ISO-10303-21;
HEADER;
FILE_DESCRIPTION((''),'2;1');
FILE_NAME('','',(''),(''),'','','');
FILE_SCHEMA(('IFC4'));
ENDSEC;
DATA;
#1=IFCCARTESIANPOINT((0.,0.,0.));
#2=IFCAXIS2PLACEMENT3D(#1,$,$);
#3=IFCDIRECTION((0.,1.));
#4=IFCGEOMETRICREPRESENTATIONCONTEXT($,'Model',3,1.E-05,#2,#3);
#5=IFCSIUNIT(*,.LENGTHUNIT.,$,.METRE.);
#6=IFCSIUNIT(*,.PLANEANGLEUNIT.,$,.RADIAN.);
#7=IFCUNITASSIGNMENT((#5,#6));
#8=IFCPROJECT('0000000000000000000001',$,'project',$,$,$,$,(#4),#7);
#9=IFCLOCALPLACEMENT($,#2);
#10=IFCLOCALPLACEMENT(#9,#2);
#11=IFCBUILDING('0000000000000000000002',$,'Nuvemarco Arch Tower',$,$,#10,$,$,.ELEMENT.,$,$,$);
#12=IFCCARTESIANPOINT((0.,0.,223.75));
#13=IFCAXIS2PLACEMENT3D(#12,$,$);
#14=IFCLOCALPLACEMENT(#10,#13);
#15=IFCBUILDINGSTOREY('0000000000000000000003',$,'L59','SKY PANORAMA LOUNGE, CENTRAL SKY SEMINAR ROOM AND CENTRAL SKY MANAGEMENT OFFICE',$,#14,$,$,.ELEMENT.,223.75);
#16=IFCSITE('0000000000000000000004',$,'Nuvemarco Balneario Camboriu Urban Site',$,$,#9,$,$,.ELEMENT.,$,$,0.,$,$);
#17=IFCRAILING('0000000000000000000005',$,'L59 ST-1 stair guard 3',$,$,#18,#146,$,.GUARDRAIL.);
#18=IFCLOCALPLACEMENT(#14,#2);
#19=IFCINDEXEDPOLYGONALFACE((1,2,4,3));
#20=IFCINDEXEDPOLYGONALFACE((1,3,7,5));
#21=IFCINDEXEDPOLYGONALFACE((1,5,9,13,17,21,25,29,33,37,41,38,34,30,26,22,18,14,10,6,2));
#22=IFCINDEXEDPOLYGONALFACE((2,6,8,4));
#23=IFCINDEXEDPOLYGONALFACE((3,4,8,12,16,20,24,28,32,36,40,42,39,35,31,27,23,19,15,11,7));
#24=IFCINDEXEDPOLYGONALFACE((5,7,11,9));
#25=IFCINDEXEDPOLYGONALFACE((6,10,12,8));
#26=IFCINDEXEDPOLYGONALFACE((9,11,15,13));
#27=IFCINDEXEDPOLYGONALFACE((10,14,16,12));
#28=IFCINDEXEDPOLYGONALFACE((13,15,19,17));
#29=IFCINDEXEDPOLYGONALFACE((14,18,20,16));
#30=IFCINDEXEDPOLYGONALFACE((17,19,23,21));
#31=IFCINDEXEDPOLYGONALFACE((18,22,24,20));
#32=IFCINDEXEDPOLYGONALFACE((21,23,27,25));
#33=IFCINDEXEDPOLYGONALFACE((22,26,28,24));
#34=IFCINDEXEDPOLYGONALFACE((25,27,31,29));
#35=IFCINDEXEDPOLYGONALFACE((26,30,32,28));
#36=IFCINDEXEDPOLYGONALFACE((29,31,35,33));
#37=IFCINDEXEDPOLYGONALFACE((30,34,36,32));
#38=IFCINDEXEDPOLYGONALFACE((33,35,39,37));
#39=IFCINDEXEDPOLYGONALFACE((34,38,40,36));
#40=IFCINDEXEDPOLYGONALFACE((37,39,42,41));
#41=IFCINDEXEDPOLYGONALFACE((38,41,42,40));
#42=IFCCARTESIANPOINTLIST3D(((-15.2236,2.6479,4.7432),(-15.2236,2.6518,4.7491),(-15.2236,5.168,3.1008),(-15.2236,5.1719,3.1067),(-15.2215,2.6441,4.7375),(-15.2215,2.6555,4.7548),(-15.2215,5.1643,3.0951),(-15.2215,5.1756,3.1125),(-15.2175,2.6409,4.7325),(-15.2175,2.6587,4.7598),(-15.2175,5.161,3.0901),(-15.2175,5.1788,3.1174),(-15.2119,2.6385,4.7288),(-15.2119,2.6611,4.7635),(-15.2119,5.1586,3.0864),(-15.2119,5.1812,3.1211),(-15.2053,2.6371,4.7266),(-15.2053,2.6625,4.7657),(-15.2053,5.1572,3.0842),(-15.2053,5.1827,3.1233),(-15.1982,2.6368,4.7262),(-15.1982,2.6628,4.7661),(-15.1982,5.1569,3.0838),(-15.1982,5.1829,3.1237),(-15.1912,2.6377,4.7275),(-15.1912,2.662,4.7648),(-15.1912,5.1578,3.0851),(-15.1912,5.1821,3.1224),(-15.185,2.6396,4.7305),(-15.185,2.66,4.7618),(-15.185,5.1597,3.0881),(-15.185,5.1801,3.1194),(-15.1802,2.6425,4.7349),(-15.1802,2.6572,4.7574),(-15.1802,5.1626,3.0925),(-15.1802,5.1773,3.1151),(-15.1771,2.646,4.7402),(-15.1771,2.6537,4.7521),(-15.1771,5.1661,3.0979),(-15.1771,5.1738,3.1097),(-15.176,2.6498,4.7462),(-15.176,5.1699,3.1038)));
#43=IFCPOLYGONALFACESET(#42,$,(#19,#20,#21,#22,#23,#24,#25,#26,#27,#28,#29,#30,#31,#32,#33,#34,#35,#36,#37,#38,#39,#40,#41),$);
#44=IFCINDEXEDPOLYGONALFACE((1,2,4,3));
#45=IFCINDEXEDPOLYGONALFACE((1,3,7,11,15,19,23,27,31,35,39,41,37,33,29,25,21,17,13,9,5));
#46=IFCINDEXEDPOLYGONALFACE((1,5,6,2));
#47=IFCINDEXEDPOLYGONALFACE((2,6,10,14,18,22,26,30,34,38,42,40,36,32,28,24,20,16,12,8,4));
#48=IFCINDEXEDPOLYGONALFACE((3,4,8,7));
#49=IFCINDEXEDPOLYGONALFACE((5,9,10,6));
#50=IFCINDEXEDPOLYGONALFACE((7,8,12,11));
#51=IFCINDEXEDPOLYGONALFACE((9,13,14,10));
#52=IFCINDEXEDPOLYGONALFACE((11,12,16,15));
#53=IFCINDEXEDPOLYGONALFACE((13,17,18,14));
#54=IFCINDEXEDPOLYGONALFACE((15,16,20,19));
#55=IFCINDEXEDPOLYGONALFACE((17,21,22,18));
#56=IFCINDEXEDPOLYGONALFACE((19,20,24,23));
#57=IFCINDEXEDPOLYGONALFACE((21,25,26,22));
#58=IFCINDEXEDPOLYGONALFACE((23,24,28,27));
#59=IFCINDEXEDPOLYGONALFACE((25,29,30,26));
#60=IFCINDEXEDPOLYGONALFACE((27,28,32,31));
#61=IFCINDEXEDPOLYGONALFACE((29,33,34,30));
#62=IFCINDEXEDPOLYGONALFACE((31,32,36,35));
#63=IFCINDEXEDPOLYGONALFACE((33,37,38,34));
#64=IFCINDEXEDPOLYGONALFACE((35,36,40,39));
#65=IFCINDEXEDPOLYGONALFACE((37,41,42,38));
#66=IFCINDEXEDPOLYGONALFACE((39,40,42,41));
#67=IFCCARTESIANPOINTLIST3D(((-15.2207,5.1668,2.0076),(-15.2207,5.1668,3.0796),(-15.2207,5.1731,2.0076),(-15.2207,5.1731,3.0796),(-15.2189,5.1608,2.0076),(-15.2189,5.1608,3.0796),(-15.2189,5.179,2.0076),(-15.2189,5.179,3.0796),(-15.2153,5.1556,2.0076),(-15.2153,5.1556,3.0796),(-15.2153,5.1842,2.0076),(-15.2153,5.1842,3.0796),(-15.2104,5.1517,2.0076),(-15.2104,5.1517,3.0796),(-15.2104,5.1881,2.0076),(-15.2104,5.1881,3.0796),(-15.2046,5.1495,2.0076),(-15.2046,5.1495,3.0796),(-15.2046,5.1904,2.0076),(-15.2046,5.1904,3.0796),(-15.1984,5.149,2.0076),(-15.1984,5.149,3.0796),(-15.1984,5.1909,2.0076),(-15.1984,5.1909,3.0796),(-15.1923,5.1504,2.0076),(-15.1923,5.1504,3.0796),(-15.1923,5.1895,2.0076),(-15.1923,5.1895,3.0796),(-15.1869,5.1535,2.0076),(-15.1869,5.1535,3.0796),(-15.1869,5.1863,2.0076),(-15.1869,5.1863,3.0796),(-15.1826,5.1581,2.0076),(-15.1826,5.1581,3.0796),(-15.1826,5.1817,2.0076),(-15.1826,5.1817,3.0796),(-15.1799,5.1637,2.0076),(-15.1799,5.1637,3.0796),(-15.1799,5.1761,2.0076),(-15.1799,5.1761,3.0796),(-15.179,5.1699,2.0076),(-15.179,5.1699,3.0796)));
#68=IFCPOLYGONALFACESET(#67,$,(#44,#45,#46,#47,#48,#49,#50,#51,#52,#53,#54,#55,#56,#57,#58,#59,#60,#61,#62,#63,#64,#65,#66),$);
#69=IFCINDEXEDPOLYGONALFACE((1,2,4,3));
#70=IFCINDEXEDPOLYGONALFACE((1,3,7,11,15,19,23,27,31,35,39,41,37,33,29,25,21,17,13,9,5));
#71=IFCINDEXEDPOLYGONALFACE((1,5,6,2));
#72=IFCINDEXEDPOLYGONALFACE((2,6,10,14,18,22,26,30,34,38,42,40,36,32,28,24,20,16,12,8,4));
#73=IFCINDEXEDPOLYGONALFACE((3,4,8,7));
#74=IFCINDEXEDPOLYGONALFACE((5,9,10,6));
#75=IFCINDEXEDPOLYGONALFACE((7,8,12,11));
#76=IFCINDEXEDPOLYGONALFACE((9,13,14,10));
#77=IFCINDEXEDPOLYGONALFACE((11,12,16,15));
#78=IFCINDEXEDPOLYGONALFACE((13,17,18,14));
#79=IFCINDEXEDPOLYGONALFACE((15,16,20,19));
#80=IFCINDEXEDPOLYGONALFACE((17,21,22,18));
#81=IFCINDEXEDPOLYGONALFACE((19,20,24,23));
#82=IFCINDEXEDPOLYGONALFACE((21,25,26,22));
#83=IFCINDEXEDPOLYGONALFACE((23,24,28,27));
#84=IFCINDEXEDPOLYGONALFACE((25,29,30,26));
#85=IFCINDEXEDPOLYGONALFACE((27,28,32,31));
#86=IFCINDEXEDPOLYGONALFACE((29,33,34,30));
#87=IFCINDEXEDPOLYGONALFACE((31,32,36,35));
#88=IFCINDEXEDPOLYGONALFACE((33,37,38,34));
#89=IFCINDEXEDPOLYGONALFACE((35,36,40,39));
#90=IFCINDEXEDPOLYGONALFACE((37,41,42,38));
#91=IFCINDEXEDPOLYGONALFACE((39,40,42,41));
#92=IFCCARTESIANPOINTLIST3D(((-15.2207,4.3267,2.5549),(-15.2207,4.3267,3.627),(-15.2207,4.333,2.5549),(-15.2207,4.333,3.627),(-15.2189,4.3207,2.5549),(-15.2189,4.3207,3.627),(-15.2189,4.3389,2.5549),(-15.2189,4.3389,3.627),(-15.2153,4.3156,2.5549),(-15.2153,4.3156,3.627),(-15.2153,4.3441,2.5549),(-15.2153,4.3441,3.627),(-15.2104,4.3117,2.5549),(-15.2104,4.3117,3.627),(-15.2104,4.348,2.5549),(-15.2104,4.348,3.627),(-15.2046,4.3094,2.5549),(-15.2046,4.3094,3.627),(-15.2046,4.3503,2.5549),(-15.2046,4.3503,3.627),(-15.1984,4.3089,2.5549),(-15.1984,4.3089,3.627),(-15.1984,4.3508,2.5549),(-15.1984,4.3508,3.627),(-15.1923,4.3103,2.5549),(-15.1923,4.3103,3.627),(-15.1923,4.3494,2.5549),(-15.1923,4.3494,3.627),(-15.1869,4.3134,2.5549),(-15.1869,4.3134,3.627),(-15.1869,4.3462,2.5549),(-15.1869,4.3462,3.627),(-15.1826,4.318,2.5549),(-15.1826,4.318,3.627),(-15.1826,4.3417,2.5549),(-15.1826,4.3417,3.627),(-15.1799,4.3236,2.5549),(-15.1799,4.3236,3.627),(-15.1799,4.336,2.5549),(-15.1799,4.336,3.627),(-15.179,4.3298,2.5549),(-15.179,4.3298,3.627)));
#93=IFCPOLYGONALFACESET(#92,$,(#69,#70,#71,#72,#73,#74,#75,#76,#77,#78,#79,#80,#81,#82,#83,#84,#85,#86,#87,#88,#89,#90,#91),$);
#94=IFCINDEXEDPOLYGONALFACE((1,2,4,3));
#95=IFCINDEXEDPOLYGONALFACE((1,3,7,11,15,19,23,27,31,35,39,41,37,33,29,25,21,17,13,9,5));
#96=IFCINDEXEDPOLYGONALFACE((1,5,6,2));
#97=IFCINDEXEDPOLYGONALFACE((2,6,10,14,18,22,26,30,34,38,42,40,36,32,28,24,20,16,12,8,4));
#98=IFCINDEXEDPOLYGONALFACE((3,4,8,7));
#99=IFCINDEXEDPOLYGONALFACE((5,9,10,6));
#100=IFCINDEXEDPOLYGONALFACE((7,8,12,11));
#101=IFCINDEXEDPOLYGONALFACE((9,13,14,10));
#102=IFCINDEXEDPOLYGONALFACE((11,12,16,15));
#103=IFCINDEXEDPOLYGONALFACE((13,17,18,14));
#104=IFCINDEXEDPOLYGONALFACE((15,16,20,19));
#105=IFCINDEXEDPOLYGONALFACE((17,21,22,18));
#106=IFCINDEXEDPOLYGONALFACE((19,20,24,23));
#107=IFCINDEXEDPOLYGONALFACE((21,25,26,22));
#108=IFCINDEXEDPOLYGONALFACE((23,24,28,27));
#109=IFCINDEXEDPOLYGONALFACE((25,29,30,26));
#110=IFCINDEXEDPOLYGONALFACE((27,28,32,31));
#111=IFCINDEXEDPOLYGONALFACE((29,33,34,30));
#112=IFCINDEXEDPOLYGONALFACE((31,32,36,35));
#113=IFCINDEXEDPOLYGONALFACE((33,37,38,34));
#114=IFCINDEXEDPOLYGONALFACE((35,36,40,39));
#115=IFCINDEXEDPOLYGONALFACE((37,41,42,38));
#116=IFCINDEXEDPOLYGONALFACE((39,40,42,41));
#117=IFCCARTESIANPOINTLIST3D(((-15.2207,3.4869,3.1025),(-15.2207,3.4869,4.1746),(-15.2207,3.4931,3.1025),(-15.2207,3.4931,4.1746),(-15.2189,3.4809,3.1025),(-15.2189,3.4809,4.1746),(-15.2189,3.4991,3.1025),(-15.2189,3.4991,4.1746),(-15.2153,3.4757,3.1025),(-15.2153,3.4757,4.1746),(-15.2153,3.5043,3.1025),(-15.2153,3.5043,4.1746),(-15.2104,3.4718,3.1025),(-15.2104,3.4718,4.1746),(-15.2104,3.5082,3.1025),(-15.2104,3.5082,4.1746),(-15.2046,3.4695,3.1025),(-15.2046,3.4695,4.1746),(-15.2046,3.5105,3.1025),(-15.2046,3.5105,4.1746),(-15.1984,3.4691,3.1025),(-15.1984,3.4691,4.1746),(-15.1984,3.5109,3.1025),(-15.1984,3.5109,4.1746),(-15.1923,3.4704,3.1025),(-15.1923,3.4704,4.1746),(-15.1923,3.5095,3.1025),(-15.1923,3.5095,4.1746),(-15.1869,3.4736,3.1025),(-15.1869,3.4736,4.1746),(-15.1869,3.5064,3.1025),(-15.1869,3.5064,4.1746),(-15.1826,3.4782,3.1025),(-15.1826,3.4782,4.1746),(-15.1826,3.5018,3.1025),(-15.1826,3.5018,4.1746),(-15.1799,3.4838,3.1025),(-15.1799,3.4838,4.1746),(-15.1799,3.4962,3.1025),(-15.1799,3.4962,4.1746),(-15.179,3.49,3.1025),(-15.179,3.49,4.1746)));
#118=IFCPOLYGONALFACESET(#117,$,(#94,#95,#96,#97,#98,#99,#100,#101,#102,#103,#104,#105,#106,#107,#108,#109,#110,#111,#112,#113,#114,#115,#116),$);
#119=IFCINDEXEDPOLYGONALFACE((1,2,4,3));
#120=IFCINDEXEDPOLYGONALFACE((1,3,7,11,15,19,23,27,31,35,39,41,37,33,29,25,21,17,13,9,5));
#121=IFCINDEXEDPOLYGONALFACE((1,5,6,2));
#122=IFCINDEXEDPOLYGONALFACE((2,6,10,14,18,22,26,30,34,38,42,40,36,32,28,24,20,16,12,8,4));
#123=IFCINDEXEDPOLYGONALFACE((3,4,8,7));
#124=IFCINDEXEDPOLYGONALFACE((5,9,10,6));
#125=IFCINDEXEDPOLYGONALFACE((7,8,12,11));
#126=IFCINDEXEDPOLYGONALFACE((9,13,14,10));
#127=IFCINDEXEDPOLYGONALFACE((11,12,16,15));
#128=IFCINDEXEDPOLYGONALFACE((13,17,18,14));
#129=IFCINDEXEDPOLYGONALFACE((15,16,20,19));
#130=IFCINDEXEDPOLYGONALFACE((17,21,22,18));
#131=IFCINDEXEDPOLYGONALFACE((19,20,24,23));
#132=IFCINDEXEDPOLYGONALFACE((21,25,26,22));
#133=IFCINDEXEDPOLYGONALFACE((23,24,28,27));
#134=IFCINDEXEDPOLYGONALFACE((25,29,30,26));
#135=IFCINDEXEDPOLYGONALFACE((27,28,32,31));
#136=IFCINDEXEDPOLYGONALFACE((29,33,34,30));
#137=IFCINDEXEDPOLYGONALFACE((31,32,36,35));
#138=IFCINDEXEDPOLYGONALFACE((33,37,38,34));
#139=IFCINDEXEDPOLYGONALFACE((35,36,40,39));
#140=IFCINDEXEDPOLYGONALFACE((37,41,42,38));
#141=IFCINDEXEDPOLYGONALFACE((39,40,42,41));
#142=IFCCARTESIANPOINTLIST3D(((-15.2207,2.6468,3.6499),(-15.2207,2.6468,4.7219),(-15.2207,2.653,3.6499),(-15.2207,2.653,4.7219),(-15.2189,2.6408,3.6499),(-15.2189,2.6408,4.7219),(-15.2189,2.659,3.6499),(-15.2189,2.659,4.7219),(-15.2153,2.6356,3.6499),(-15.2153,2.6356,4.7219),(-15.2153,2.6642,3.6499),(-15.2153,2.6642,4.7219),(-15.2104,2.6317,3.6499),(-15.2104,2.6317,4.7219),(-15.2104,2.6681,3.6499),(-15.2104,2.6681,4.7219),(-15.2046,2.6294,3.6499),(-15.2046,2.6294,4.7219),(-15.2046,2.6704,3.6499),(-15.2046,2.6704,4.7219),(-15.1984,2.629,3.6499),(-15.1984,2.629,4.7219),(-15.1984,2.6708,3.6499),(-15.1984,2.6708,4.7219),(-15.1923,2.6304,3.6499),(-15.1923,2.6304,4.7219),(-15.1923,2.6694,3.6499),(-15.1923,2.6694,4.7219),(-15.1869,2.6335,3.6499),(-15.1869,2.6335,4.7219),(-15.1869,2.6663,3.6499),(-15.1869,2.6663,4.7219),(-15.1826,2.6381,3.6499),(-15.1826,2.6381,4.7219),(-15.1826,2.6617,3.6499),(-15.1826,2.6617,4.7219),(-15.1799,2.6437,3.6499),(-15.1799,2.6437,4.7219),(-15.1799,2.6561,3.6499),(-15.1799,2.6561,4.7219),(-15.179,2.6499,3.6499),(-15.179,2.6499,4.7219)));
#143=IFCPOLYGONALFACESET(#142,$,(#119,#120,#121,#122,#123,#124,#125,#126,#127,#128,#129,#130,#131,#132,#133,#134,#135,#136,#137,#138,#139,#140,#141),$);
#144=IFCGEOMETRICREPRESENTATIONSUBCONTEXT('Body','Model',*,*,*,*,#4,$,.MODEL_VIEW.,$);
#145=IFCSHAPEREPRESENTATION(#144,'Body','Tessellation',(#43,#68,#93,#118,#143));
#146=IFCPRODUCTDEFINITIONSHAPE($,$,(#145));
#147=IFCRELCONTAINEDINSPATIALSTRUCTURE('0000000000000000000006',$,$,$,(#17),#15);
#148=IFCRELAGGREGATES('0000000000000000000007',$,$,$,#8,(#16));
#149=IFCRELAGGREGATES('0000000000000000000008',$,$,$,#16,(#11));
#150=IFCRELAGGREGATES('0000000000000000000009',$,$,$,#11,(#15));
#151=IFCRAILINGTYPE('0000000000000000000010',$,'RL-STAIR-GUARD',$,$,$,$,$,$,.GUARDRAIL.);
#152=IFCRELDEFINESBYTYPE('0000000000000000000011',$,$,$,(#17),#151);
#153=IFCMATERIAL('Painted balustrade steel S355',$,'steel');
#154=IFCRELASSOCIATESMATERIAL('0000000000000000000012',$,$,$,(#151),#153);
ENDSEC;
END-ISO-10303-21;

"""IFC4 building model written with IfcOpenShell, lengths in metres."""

from ifc_helpers import new_model, si_unit, direction, frame, origin, origin_2d, place, context, subcontext, project, spatial, circle, extrude, material, type_object, element, save


model = new_model("IFC4")

# Units and contexts
model_context = context("Model", 3, precision=1e-05, world=origin(), true_north=direction((0.0, 1.0)))
body_context = subcontext(model_context, "Body", "Model", "MODEL_VIEW")
ifc_project = project(units=[si_unit("LENGTHUNIT", "METRE"), si_unit("PLANEANGLEUNIT", "RADIAN")], contexts=[model_context])

# Site, building, storey
site_placement = place(None, origin())
site = spatial("IfcSite", under=ifc_project, at=site_placement, Name="Nuvemarco Balneario Camboriu Urban Site", CompositionType="ELEMENT", RefElevation=0.0)
building_placement = place(site_placement, origin())
building = spatial("IfcBuilding", under=site, at=building_placement, Name="Nuvemarco Arch Tower", CompositionType="ELEMENT")
storey_placement = place(building_placement, frame((0.0, 0.0, 223.75)))
storey = spatial("IfcBuildingStorey", under=building, at=storey_placement, Name="L59", Description="SKY PANORAMA LOUNGE, CENTRAL SKY SEMINAR ROOM AND CENTRAL SKY MANAGEMENT OFFICE", CompositionType="ELEMENT", Elevation=223.75)

# Railing
ifc_material_1 = material(Name="Painted balustrade steel S355", Category="steel")
railing_type_1 = type_object("IfcRailingType", Name="RL-STAIR-GUARD", PredefinedType="GUARDRAIL", material=ifc_material_1)
railing_1_placement = place(storey_placement, frame((-15.2, 5.1699, 2.0076)))
element("IfcRailing", 1, at=railing_1_placement, inside=storey, type_object=railing_type_1, Name="L59 ST-1 stair guard 3", PredefinedType="GUARDRAIL", context=body_context, shape_type="SweptSolid", body=[
    extrude(circle(Radius=0.0239, at=origin_2d()), frame((0.0, 0.0, 1.0962), z_axis=(0.0, -0.837787, 0.545998), x_axis=(1.0, 0.0, 0.0)), (0.0, 0.0, 1.0), 3.0081),
    extrude(circle(Radius=0.021, at=origin_2d()), origin(), (0.0, 0.0, 1.0), 1.072),
    extrude(circle(Radius=0.021, at=origin_2d()), frame((0.0, -0.8401, 0.5474)), (0.0, 0.0, 1.0), 1.072),
    extrude(circle(Radius=0.021, at=origin_2d()), frame((0.0, -1.6799, 1.095)), (0.0, 0.0, 1.0), 1.072),
    extrude(circle(Radius=0.021, at=origin_2d()), frame((0.0, -2.52, 1.6423)), (0.0, 0.0, 1.0), 1.072),
])

save(model, "model.ifc")
